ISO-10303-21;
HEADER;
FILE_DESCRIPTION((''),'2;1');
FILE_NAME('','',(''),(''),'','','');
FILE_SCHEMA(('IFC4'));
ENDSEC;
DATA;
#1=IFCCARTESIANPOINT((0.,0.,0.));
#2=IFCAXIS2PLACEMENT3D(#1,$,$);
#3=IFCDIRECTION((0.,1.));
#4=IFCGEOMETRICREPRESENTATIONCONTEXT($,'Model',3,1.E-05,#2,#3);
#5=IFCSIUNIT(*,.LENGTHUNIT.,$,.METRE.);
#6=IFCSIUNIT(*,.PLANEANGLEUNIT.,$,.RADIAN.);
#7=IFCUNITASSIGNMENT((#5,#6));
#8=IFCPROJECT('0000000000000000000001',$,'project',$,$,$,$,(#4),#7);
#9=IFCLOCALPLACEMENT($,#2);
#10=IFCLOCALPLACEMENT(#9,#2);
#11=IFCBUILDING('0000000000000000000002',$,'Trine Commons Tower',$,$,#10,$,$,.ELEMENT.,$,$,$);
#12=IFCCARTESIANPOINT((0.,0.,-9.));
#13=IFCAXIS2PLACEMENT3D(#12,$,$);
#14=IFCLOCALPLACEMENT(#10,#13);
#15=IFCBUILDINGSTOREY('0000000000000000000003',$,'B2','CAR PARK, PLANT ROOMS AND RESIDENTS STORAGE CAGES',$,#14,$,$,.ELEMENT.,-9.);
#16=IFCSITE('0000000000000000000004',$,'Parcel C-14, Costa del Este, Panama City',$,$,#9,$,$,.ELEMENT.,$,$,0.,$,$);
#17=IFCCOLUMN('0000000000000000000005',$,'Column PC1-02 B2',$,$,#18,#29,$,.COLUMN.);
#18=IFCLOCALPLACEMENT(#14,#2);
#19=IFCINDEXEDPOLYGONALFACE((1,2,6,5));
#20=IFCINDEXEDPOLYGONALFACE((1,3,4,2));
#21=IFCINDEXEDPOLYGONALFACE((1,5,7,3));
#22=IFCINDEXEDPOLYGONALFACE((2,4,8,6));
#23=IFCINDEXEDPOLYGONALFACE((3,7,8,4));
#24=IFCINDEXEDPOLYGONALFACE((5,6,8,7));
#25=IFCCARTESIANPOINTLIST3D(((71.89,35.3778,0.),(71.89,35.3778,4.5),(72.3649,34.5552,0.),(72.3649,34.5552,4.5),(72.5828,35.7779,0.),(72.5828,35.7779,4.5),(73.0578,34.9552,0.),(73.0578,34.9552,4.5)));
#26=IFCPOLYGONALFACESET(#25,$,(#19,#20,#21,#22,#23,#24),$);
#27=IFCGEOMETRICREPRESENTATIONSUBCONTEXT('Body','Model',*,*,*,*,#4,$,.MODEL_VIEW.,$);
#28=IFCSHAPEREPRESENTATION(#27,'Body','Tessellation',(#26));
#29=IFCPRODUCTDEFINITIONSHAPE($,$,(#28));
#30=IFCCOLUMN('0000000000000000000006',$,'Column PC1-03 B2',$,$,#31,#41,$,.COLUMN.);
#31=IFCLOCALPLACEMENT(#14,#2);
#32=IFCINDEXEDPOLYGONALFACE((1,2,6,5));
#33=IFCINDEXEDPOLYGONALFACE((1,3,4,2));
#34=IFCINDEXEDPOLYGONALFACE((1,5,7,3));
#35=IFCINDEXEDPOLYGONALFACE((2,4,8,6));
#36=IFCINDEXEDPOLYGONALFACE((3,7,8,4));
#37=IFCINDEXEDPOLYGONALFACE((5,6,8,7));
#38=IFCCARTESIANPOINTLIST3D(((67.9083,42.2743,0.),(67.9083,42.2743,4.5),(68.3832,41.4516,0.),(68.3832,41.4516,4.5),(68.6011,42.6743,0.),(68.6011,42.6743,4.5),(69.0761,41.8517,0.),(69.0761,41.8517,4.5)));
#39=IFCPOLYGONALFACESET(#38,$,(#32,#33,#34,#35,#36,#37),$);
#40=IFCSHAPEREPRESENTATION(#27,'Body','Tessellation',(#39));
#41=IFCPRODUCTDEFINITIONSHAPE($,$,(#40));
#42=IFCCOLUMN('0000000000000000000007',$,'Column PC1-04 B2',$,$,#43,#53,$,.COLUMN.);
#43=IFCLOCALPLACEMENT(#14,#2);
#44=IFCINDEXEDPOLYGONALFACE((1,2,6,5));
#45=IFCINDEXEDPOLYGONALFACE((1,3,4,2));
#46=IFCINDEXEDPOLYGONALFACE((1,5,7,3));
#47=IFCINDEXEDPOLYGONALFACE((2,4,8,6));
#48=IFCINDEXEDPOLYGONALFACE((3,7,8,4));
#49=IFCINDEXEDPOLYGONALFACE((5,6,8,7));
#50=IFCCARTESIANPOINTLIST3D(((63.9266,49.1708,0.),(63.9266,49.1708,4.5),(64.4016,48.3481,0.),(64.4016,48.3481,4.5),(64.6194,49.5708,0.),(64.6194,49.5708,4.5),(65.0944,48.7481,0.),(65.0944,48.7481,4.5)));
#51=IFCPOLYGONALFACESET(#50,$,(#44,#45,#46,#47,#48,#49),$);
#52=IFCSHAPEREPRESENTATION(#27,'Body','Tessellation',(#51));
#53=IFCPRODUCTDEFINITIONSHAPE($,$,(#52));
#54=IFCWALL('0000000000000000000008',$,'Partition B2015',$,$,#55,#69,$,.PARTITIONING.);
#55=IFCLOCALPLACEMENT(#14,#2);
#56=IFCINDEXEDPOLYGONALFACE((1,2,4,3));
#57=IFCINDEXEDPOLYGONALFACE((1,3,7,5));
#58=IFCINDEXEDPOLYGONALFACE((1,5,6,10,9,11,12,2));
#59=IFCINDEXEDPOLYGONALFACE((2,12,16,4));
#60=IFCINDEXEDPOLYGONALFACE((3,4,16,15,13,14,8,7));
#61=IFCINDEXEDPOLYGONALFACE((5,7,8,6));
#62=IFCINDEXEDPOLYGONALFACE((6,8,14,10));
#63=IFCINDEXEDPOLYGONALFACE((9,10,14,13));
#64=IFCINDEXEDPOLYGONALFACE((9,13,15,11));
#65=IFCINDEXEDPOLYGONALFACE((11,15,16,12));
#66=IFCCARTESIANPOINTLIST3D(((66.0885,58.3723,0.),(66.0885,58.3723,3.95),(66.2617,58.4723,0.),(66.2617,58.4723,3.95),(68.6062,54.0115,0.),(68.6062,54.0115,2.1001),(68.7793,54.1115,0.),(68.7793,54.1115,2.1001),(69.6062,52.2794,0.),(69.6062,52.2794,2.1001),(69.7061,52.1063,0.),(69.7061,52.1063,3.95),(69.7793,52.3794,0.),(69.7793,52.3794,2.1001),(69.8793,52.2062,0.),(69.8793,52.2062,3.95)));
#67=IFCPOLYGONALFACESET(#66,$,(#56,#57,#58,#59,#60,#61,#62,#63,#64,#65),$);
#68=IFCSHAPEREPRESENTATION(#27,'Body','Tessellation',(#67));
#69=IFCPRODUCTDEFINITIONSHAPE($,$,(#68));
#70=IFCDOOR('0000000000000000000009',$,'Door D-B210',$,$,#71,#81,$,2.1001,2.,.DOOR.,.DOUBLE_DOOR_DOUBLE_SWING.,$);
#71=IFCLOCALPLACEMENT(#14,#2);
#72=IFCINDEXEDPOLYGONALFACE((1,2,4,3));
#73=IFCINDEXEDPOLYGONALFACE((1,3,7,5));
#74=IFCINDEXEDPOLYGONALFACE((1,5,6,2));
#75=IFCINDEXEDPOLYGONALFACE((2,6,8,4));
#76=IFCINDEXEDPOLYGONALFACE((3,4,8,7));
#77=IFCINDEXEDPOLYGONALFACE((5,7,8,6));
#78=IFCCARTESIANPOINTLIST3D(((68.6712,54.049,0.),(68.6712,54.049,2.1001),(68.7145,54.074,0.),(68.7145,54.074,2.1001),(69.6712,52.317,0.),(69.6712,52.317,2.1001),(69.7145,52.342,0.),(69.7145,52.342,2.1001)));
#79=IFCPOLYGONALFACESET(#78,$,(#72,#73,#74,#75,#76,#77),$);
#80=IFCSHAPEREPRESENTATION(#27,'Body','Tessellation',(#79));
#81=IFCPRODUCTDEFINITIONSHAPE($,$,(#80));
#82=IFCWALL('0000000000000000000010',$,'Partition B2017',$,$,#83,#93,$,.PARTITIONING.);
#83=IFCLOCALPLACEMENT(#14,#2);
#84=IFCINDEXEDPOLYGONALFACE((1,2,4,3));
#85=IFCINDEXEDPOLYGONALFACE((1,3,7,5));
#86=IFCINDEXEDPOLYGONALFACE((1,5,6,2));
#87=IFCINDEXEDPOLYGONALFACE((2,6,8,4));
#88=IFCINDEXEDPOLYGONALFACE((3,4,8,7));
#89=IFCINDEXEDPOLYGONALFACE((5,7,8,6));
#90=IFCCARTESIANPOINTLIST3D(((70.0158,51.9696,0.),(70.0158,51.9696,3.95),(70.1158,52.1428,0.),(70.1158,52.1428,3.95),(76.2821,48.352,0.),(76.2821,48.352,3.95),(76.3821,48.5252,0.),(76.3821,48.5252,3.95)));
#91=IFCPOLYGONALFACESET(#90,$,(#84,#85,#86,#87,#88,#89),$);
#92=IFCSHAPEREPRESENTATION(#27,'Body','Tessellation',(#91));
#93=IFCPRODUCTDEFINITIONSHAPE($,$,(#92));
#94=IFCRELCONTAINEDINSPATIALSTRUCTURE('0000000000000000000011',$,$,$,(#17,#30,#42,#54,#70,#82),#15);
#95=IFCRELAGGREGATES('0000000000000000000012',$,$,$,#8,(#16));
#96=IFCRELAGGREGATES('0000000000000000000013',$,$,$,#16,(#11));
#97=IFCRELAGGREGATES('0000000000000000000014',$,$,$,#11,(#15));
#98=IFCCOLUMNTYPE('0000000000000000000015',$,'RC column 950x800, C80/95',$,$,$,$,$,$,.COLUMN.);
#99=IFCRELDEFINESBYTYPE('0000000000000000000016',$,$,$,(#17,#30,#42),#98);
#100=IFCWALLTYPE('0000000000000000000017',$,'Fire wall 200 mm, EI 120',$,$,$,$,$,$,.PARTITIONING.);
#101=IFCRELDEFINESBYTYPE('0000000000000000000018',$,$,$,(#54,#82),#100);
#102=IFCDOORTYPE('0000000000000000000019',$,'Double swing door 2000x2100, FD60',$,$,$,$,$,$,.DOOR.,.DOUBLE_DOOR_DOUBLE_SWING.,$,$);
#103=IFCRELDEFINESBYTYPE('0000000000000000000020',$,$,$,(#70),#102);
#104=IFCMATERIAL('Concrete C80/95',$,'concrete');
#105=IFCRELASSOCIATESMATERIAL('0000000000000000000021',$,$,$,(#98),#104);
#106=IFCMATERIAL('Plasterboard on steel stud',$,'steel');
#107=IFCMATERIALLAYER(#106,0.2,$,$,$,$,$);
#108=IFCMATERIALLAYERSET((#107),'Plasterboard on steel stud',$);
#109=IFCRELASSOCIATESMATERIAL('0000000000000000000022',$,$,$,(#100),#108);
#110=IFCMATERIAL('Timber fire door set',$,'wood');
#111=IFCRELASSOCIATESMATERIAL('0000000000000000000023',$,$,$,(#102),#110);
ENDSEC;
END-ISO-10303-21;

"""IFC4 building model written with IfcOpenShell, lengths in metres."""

from ifc_helpers import new_model, si_unit, direction, frame, frame_2d, origin, origin_2d, place, context, subcontext, project, spatial, rectangle, extrude, material, layer, layer_set, material_profile, profile_set, type_object, element, fill, save


model = new_model("IFC4")

# Units and contexts
model_context = context("Model", 3, precision=1e-05, world=origin(), true_north=direction((0.0, 1.0)))
body_context = subcontext(model_context, "Body", "Model", "MODEL_VIEW")
ifc_project = project(units=[si_unit("LENGTHUNIT", "METRE"), si_unit("PLANEANGLEUNIT", "RADIAN")], contexts=[model_context])

# Site, building, storey
site_placement = place(None, origin())
site = spatial("IfcSite", under=ifc_project, at=site_placement, Name="Parcel C-14, Costa del Este, Panama City", CompositionType="ELEMENT", RefElevation=0.0)
building_placement = place(site_placement, origin())
building = spatial("IfcBuilding", under=site, at=building_placement, Name="Trine Commons Tower", CompositionType="ELEMENT")
storey_placement = place(building_placement, frame((0.0, 0.0, -9.0)))
storey = spatial("IfcBuildingStorey", under=building, at=storey_placement, Name="B2", Description="CAR PARK, PLANT ROOMS AND RESIDENTS STORAGE CAGES", CompositionType="ELEMENT", Elevation=-9.0)

# Columns
ifc_material_1 = material(Name="Concrete C80/95", Category="concrete")
ifc_material_profile_1 = material_profile(ifc_material_1, rectangle(XDim=0.95, YDim=0.8, at=origin_2d()), Name="RC 950x800")
ifc_profile_set_1 = profile_set([ifc_material_profile_1], Name="Concrete C80/95")
column_type_1 = type_object("IfcColumnType", Name="RC column 950x800, C80/95", PredefinedType="COLUMN", material=ifc_profile_set_1)
for number, where, z_axis, x_axis, name in (
    (1, (72.4739, 35.1665, 0.0), (0.0, 0.0, 1.0), (-0.5, 0.866025, 0.0), "Column PC1-02 B2"),
    (2, (68.4922, 42.063, 0.0), (0.0, 0.0, 1.0), (-0.5, 0.866025, 0.0), "Column PC1-03 B2"),
    (3, (64.5105, 48.9595, 0.0), (0.0, 0.0, 1.0), (-0.5, 0.866025, 0.0), "Column PC1-04 B2"),
):
    element("IfcColumn", number, at=place(storey_placement, frame(where, z_axis=z_axis, x_axis=x_axis)), inside=storey, type_object=column_type_1, Name=name, PredefinedType="COLUMN", context=body_context, shape_type="SweptSolid", body=[
        extrude(rectangle(XDim=0.95, YDim=0.8, at=origin_2d()), origin(), (0.0, 0.0, 1.0), 4.5),
    ])

# Wall, opening, door
ifc_material_2 = material(Name="Plasterboard on steel stud", Category="steel")
ifc_layer = layer(ifc_material_2, 0.2)
ifc_layer_set = layer_set([ifc_layer], Name="Plasterboard on steel stud")
wall_type = type_object("IfcWallType", Name="Fire wall 200 mm, EI 120", PredefinedType="PARTITIONING", material=ifc_layer_set)
wall_1_placement = place(storey_placement, frame((69.7927, 52.1562, 0.0), z_axis=(0.0, 0.0, 1.0), x_axis=(-0.499993, 0.866029, 0.0)))
wall_1 = element("IfcWall", 4, at=wall_1_placement, inside=storey, type_object=wall_type, Name="Partition B2015", PredefinedType="PARTITIONING", context=body_context, shape_type="SweptSolid", body=[
    extrude(rectangle(XDim=7.2354, YDim=0.2, at=frame_2d((3.6177, 0.0))), origin(), (0.0, 0.0, 1.0), 3.95),
])
opening_placement = place(wall_1_placement, frame((0.2, 0.0, 0.0)))
opening = element("IfcOpeningElement", 5, at=opening_placement, cuts=wall_1, PredefinedType="OPENING", context=body_context, shape_type="SweptSolid", body=[
    extrude(rectangle(XDim=2.0, YDim=2.1001, at=frame_2d((1.0, 1.05))), frame((0.0, 0.1099, 0.0), z_axis=(0.0, -1.0, 0.0), x_axis=(1.0, 0.0, 0.0)), (0.0, 0.0, 1.0), 0.22),
])
ifc_material_3 = material(Name="Timber fire door set", Category="wood")
door_type = type_object("IfcDoorType", Name="Double swing door 2000x2100, FD60", OperationType="DOUBLE_DOOR_DOUBLE_SWING", PredefinedType="DOOR", material=ifc_material_3)
door_placement = place(opening_placement, origin())
door = element("IfcDoor", 6, at=door_placement, inside=storey, type_object=door_type, Name="Door D-B210", OperationType="DOUBLE_DOOR_DOUBLE_SWING", OverallHeight=2.1001, OverallWidth=2.0, PredefinedType="DOOR", context=body_context, shape_type="SweptSolid", body=[
    extrude(rectangle(XDim=2.0, YDim=2.1001, at=frame_2d((1.0, 1.05))), frame((0.0, 0.0249, 0.0), z_axis=(0.0, -1.0, 0.0), x_axis=(1.0, 0.0, 0.0)), (0.0, 0.0, 1.0), 0.05),
])
fill(opening, door)

# Wall
wall_2_placement = place(storey_placement, frame((70.0659, 52.0562, 0.0), z_axis=(0.0, 0.0, 1.0), x_axis=(0.866038, -0.499979, 0.0)))
element("IfcWall", 7, at=wall_2_placement, inside=storey, type_object=wall_type, Name="Partition B2017", PredefinedType="PARTITIONING", context=body_context, shape_type="SweptSolid", body=[
    extrude(rectangle(XDim=7.2356, YDim=0.2, at=frame_2d((3.6177, 0.0))), origin(), (0.0, 0.0, 1.0), 3.95),
])

save(model, "model.ifc")
